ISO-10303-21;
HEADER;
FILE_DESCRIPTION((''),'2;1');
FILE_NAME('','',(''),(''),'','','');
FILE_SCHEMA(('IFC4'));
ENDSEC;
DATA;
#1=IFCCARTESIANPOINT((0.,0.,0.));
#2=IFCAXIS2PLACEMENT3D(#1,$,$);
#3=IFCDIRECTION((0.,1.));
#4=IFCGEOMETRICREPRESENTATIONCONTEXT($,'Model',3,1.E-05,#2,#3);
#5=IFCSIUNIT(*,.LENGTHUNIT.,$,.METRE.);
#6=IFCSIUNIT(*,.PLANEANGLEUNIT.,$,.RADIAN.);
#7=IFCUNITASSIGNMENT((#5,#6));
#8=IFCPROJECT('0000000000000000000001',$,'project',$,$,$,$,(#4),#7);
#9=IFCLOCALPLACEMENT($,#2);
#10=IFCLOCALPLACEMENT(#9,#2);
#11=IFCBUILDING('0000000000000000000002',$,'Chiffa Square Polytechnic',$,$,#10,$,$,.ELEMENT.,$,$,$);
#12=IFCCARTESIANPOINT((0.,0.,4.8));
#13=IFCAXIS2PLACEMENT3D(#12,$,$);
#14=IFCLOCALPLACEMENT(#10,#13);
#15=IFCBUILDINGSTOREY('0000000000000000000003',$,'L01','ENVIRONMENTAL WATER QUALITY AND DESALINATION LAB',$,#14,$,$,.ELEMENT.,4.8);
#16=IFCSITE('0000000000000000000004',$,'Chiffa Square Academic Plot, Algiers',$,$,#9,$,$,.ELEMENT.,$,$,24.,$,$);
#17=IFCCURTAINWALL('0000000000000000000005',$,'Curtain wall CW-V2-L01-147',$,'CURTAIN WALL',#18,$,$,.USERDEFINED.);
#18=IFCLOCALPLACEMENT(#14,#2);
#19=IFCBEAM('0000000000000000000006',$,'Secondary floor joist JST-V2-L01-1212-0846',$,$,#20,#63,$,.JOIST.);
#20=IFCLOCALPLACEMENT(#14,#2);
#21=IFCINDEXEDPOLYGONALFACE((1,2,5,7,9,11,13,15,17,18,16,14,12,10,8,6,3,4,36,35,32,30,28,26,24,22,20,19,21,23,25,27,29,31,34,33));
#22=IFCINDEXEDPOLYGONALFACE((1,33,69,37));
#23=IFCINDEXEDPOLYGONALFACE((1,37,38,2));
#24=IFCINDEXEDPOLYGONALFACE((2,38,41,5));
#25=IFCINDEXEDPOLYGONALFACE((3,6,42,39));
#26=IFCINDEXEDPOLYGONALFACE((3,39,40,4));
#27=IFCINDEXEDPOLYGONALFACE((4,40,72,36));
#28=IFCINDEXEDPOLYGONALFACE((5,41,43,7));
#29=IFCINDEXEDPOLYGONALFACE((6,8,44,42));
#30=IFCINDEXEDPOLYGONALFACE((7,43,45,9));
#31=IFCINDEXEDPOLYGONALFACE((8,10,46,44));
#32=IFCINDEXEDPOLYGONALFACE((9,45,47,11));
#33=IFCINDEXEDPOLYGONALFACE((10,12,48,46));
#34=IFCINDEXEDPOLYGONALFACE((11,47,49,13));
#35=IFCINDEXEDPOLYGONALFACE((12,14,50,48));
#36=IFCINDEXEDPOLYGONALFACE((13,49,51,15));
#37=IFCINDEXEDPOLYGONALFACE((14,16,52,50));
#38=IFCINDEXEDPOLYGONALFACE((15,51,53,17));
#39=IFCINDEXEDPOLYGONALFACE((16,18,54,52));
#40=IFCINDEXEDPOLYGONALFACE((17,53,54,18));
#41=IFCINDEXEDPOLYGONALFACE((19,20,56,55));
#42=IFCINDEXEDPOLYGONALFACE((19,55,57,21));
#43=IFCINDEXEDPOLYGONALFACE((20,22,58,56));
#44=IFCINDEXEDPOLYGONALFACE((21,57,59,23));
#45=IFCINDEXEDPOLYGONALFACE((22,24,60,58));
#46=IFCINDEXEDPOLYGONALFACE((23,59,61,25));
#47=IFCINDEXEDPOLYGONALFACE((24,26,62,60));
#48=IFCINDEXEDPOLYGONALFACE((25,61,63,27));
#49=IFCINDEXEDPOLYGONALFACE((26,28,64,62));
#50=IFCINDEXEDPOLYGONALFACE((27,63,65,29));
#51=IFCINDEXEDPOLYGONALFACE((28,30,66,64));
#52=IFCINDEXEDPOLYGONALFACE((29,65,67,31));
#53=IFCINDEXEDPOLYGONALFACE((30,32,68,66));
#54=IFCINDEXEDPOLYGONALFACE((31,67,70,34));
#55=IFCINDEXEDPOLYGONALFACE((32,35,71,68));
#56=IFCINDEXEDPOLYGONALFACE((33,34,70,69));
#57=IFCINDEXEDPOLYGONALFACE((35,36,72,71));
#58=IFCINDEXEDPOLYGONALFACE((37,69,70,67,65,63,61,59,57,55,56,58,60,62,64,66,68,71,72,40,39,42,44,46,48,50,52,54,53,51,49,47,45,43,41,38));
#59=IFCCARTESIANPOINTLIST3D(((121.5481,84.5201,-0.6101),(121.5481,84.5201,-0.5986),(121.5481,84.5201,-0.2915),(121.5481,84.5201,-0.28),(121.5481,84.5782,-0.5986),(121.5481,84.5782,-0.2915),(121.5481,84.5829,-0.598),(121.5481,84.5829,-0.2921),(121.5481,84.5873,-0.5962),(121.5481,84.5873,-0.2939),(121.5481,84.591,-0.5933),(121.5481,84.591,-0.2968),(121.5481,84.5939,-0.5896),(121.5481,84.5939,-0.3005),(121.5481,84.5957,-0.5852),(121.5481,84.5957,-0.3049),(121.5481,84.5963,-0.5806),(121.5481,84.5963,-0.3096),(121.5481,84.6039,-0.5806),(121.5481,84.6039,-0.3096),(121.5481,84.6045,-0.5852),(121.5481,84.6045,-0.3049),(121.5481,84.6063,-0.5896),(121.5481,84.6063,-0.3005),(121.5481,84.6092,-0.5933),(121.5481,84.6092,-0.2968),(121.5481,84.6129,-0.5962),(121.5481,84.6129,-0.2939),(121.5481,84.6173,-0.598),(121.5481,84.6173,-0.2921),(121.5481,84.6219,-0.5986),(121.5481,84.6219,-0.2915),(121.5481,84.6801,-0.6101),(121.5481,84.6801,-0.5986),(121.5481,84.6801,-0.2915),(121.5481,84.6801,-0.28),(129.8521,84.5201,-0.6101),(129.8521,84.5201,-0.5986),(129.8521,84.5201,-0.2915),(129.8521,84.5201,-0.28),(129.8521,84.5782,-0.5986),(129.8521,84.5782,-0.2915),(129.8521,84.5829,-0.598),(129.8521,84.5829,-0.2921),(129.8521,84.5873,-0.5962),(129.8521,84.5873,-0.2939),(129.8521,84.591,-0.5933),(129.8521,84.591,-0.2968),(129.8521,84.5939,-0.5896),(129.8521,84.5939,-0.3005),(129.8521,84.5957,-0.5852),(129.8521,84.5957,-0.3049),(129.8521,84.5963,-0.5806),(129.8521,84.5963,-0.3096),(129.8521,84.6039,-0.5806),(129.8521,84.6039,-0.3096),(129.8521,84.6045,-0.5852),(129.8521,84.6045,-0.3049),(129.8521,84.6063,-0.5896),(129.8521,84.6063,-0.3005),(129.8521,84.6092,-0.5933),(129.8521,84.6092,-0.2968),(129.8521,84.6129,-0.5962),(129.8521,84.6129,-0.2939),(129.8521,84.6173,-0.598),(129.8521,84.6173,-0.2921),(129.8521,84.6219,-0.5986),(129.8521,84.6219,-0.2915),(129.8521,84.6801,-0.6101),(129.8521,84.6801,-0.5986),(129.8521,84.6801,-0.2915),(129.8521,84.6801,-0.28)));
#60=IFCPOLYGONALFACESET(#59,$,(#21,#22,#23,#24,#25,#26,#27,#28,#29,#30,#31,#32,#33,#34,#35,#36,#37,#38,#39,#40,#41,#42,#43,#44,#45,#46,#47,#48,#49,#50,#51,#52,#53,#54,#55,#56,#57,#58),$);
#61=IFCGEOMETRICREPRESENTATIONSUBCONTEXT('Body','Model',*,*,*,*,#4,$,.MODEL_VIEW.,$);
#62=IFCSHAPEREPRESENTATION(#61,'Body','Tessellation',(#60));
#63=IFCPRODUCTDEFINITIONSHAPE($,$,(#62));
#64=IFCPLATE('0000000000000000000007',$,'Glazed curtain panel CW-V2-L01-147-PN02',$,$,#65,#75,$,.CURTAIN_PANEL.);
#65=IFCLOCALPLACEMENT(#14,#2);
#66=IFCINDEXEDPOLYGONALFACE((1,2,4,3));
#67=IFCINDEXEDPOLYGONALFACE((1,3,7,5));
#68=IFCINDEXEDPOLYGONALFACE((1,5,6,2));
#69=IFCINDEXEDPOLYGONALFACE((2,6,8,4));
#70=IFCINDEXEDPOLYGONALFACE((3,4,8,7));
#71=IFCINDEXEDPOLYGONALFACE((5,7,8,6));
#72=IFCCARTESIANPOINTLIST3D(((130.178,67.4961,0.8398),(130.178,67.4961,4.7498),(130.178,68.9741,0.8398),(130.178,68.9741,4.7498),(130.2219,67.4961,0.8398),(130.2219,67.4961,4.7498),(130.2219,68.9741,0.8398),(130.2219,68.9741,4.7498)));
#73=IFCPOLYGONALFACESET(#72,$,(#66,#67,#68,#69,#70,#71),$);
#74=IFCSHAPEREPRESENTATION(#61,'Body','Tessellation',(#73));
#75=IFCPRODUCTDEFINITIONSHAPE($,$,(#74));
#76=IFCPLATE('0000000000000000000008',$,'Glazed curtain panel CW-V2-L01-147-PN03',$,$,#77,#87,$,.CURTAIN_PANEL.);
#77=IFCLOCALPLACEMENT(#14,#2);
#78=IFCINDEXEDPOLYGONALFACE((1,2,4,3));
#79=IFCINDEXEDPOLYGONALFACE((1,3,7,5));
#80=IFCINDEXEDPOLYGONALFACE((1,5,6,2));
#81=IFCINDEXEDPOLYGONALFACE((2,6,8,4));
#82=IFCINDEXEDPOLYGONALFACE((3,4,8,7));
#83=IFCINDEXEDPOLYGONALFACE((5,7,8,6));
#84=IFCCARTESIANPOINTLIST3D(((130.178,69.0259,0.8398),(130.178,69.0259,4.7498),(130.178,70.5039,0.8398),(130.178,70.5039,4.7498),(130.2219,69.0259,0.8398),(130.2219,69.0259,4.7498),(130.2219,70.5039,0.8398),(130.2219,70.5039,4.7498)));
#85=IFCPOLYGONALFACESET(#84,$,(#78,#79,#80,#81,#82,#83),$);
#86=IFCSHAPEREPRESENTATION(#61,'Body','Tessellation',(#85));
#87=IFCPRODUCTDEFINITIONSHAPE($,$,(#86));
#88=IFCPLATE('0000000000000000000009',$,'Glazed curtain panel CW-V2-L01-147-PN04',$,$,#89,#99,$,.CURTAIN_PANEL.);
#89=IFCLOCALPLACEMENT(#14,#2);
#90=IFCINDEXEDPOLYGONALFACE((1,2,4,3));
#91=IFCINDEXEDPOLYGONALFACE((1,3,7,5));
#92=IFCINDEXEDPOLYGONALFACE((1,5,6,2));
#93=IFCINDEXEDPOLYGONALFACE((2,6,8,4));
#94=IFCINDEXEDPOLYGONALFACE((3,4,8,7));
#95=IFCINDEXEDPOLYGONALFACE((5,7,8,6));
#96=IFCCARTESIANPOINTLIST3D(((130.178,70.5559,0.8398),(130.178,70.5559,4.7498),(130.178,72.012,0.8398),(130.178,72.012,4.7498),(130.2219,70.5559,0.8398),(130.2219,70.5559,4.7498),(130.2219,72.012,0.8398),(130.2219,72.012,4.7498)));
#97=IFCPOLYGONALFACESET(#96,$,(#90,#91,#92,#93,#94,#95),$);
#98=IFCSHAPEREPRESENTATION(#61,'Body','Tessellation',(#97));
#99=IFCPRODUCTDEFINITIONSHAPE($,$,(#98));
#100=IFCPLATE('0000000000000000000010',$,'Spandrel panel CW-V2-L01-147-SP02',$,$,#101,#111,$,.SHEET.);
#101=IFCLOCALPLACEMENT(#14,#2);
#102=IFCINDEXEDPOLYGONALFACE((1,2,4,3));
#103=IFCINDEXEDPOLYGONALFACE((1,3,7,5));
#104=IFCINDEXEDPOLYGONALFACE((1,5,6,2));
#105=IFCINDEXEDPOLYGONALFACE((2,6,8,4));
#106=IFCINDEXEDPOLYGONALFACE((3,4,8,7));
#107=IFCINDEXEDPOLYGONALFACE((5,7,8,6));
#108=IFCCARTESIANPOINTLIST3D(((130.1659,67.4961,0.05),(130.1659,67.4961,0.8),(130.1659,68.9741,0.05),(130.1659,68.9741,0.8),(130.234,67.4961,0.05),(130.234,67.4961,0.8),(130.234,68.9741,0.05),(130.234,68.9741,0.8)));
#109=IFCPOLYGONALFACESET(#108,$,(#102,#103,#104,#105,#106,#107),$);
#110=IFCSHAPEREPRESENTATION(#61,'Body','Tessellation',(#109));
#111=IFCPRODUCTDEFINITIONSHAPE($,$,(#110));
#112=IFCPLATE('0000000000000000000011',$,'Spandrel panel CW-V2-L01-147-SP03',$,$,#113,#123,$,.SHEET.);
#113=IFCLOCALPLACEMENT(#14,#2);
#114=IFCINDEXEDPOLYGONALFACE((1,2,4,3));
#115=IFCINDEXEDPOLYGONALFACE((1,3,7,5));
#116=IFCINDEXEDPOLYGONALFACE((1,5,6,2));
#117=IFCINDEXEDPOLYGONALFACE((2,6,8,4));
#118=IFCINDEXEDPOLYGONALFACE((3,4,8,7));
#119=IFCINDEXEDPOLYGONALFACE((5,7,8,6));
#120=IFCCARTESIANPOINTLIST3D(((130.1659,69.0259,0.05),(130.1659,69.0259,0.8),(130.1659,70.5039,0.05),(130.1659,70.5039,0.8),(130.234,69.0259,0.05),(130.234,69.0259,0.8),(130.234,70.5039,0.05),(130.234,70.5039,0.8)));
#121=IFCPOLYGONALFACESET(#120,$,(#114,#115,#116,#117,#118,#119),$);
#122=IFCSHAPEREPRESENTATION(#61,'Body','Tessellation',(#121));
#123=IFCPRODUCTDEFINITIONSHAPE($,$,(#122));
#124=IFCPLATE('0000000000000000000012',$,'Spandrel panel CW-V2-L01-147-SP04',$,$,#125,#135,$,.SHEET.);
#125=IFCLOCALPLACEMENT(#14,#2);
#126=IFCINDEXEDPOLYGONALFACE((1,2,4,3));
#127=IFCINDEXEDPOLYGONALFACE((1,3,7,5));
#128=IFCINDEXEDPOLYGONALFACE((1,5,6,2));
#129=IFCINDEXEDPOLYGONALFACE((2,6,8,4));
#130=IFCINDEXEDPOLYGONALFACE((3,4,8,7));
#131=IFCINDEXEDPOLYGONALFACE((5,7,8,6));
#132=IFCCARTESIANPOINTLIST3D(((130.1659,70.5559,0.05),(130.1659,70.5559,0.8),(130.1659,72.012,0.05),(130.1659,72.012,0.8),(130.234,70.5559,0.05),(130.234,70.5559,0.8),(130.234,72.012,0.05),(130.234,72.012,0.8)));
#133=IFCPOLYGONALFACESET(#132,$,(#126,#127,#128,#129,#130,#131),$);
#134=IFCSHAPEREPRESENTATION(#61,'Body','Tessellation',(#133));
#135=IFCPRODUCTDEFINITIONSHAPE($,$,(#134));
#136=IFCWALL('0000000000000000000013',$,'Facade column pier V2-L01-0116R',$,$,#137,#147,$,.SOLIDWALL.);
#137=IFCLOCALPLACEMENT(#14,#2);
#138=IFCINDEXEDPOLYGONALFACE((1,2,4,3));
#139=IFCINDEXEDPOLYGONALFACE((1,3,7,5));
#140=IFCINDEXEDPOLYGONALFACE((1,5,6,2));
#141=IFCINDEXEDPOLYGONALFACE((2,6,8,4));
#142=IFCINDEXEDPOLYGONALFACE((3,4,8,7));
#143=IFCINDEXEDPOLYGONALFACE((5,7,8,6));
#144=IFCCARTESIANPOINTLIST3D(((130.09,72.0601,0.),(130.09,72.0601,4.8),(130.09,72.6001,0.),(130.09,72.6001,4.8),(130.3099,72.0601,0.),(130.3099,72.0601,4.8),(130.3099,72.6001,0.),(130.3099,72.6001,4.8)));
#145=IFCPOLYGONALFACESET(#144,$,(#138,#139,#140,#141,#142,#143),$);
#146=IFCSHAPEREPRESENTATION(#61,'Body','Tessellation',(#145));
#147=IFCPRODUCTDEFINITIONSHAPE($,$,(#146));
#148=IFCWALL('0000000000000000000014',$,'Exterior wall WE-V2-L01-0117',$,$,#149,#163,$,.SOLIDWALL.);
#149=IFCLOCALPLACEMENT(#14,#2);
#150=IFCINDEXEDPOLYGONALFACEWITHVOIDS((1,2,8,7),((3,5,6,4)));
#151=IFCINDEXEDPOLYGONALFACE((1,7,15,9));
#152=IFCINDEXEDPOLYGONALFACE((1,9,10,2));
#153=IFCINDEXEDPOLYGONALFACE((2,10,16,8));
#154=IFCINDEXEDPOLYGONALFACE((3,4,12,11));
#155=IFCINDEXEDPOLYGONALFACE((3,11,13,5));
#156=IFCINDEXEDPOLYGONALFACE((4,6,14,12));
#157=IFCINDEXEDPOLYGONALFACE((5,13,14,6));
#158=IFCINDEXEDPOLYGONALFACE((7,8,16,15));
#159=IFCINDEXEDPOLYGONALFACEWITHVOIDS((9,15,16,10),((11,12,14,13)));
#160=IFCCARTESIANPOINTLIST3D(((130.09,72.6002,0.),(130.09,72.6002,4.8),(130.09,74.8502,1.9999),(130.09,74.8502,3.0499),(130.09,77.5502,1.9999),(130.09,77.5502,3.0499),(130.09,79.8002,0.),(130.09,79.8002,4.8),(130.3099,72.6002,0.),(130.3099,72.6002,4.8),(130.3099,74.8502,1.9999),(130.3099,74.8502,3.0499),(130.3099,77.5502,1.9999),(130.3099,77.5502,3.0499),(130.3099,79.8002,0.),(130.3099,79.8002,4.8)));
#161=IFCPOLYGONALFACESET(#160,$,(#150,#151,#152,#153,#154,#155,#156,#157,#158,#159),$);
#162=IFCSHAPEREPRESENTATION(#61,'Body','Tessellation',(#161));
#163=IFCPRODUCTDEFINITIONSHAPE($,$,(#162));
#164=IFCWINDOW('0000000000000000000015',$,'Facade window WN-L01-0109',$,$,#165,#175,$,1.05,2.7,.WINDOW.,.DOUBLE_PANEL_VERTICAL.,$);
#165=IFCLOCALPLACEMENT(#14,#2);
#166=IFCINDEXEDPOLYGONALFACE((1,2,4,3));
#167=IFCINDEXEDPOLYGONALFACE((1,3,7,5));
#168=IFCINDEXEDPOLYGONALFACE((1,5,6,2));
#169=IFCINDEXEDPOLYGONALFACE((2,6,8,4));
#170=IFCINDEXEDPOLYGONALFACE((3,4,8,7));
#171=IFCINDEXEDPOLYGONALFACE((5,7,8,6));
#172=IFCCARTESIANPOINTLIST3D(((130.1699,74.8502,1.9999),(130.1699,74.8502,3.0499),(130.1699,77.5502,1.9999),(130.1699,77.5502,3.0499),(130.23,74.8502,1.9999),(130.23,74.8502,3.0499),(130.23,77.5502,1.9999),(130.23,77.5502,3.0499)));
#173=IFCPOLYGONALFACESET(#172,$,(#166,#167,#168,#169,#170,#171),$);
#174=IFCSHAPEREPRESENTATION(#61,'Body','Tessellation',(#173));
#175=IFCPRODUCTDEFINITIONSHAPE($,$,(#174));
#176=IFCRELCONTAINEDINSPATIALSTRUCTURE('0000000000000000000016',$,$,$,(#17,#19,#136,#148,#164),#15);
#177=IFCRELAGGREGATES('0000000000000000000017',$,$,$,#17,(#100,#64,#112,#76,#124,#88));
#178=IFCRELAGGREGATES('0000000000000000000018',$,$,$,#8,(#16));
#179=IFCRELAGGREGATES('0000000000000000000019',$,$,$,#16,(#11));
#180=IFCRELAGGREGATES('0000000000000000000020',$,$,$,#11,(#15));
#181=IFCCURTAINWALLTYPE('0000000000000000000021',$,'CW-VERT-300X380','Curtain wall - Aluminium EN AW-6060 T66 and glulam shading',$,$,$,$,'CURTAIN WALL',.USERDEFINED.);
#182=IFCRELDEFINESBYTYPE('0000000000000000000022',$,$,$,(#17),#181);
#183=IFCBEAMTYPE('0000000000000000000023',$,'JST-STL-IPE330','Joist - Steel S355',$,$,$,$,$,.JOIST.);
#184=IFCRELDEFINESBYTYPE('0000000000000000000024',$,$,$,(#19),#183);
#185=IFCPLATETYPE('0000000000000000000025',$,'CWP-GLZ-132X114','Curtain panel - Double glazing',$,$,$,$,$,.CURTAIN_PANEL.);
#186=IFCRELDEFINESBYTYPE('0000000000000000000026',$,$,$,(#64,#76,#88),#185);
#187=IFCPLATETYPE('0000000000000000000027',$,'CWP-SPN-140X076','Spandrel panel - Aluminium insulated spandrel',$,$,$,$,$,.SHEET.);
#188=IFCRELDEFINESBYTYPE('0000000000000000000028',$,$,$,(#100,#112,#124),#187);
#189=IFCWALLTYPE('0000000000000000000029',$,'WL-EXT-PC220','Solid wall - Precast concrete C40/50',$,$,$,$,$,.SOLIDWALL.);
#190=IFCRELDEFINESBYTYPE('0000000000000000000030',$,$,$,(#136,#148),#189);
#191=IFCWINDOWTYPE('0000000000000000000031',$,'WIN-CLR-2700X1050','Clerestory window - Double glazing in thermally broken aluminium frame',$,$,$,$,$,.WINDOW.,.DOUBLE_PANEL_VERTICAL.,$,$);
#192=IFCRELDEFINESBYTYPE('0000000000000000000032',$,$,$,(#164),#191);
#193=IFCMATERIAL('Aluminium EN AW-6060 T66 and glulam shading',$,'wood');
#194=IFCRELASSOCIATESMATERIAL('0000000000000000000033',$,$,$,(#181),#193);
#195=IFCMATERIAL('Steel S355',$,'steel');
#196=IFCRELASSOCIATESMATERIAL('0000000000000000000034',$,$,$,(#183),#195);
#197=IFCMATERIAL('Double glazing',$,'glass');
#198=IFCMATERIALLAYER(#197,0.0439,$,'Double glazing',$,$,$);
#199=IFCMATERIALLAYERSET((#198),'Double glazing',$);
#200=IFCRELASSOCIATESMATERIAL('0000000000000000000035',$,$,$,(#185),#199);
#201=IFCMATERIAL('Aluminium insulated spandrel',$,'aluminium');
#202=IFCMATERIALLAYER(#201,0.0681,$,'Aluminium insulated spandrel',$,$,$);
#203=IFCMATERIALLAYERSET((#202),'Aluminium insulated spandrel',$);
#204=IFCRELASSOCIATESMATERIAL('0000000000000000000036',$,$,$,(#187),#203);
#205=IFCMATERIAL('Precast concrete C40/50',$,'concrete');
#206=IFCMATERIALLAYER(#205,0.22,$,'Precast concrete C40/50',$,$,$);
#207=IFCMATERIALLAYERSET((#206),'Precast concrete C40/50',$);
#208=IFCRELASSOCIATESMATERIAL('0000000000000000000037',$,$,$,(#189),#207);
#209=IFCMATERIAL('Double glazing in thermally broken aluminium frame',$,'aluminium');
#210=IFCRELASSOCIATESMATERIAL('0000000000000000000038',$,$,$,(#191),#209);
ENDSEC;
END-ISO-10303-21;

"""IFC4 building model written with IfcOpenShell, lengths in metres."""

from ifc_helpers import new_model, si_unit, direction, frame, frame_2d, origin, origin_2d, place, context, subcontext, project, spatial, rectangle, i_section, extrude, material, layer, layer_set, material_profile, profile_set, type_object, element, fill, aggregate, save


model = new_model("IFC4")

# Units and contexts
model_context = context("Model", 3, precision=1e-05, world=origin(), true_north=direction((0.0, 1.0)))
body_context = subcontext(model_context, "Body", "Model", "MODEL_VIEW")
ifc_project = project(units=[si_unit("LENGTHUNIT", "METRE"), si_unit("PLANEANGLEUNIT", "RADIAN")], contexts=[model_context])

# Site, building, storey
site_placement = place(None, origin())
site = spatial("IfcSite", under=ifc_project, at=site_placement, Name="Chiffa Square Academic Plot, Algiers", CompositionType="ELEMENT", RefElevation=24.0)
building_placement = place(site_placement, origin())
building = spatial("IfcBuilding", under=site, at=building_placement, Name="Chiffa Square Polytechnic", CompositionType="ELEMENT")
storey_placement = place(building_placement, frame((0.0, 0.0, 4.8)))
storey = spatial("IfcBuildingStorey", under=building, at=storey_placement, Name="L01", Description="ENVIRONMENTAL WATER QUALITY AND DESALINATION LAB", CompositionType="ELEMENT", Elevation=4.8)

# Shared definitions
ifc_material_1 = material(Name="Steel S355", Category="steel")

# Curtain wall
ifc_material_2 = material(Name="Aluminium EN AW-6060 T66 and glulam shading", Category="wood")
curtain_wall_type = type_object("IfcCurtainWallType", Name="CW-VERT-300X380", Description="Curtain wall - Aluminium EN AW-6060 T66 and glulam shading", ElementType="CURTAIN WALL", PredefinedType="USERDEFINED", material=ifc_material_2)
curtain_wall_placement = place(storey_placement, origin())
curtain_wall = element("IfcCurtainWall", 1, at=curtain_wall_placement, inside=storey, type_object=curtain_wall_type, Name="Curtain wall CW-V2-L01-147", ObjectType="CURTAIN WALL", PredefinedType="USERDEFINED")

# Beam
ifc_material_profile_1 = material_profile(ifc_material_1, i_section(OverallWidth=0.1599, OverallDepth=0.3301, WebThickness=0.0076, FlangeThickness=0.0115, FilletRadius=0.0181, at=origin_2d()), Name="IPE 330")
ifc_profile_set_1 = profile_set([ifc_material_profile_1], Name="Steel S355")
beam_type_1 = type_object("IfcBeamType", Name="JST-STL-IPE330", Description="Joist - Steel S355", PredefinedType="JOIST", material=ifc_profile_set_1)
for number, where, z_axis, x_axis, name in (
    (2, (121.5481, 84.6001, -0.4451), (1.0, 0.0, 0.0), (0.0, 1.0, 0.0), "Secondary floor joist JST-V2-L01-1212-0846"),
):
    element("IfcBeam", number, at=place(storey_placement, frame(where, z_axis=z_axis, x_axis=x_axis)), inside=storey, type_object=beam_type_1, Name=name, PredefinedType="JOIST", context=body_context, shape_type="SweptSolid", body=[
        extrude(i_section(OverallWidth=0.1599, OverallDepth=0.3301, WebThickness=0.0076, FlangeThickness=0.0115, FilletRadius=0.0181, at=origin_2d()), origin(), (0.0, 0.0, 1.0), 8.304),
    ])

# Plates
ifc_material_3 = material(Name="Double glazing", Category="glass")
ifc_layer_1 = layer(ifc_material_3, 0.0439, Name="Double glazing")
ifc_layer_set_1 = layer_set([ifc_layer_1], Name="Double glazing")
plate_type_1 = type_object("IfcPlateType", Name="CWP-GLZ-132X114", Description="Curtain panel - Double glazing", PredefinedType="CURTAIN_PANEL", material=ifc_layer_set_1)
plate_1_placement = place(storey_placement, frame((130.2, 68.2351, 0.8398), z_axis=(0.0, 0.0, 1.0), x_axis=(0.0, 1.0, 0.0)))
plate_1 = element("IfcPlate", 3, at=plate_1_placement, type_object=plate_type_1, Name="Glazed curtain panel CW-V2-L01-147-PN02", PredefinedType="CURTAIN_PANEL", context=body_context, shape_type="SweptSolid", body=[
    extrude(rectangle(XDim=1.478, YDim=0.0439, at=origin_2d()), origin(), (0.0, 0.0, 1.0), 3.9099),
])
plate_2_placement = place(storey_placement, frame((130.2, 69.7649, 0.8398), z_axis=(0.0, 0.0, 1.0), x_axis=(0.0, 1.0, 0.0)))
plate_2 = element("IfcPlate", 4, at=plate_2_placement, type_object=plate_type_1, Name="Glazed curtain panel CW-V2-L01-147-PN03", PredefinedType="CURTAIN_PANEL", context=body_context, shape_type="SweptSolid", body=[
    extrude(rectangle(XDim=1.478, YDim=0.0439, at=origin_2d()), origin(), (0.0, 0.0, 1.0), 3.9099),
])
plate_3_placement = place(storey_placement, frame((130.2, 71.2839, 0.8398), z_axis=(0.0, 0.0, 1.0), x_axis=(0.0, 1.0, 0.0)))
plate_3 = element("IfcPlate", 5, at=plate_3_placement, type_object=plate_type_1, Name="Glazed curtain panel CW-V2-L01-147-PN04", PredefinedType="CURTAIN_PANEL", context=body_context, shape_type="SweptSolid", body=[
    extrude(rectangle(XDim=1.4561, YDim=0.0439, at=origin_2d()), origin(), (0.0, 0.0, 1.0), 3.9099),
])
ifc_material_4 = material(Name="Aluminium insulated spandrel", Category="aluminium")
ifc_layer_2 = layer(ifc_material_4, 0.0681, Name="Aluminium insulated spandrel")
ifc_layer_set_2 = layer_set([ifc_layer_2], Name="Aluminium insulated spandrel")
plate_type_2 = type_object("IfcPlateType", Name="CWP-SPN-140X076", Description="Spandrel panel - Aluminium insulated spandrel", PredefinedType="SHEET", material=ifc_layer_set_2)
plate_4_placement = place(storey_placement, frame((130.2, 68.2351, 0.05), z_axis=(0.0, 0.0, 1.0), x_axis=(0.0, 1.0, 0.0)))
plate_4 = element("IfcPlate", 6, at=plate_4_placement, type_object=plate_type_2, Name="Spandrel panel CW-V2-L01-147-SP02", PredefinedType="SHEET", context=body_context, shape_type="SweptSolid", body=[
    extrude(rectangle(XDim=1.478, YDim=0.0681, at=origin_2d()), origin(), (0.0, 0.0, 1.0), 0.75),
])
plate_5_placement = place(storey_placement, frame((130.2, 69.7649, 0.05), z_axis=(0.0, 0.0, 1.0), x_axis=(0.0, 1.0, 0.0)))
plate_5 = element("IfcPlate", 7, at=plate_5_placement, type_object=plate_type_2, Name="Spandrel panel CW-V2-L01-147-SP03", PredefinedType="SHEET", context=body_context, shape_type="SweptSolid", body=[
    extrude(rectangle(XDim=1.478, YDim=0.0681, at=origin_2d()), origin(), (0.0, 0.0, 1.0), 0.75),
])
plate_6_placement = place(storey_placement, frame((130.2, 71.2839, 0.05), z_axis=(0.0, 0.0, 1.0), x_axis=(0.0, 1.0, 0.0)))
plate_6 = element("IfcPlate", 8, at=plate_6_placement, type_object=plate_type_2, Name="Spandrel panel CW-V2-L01-147-SP04", PredefinedType="SHEET", context=body_context, shape_type="SweptSolid", body=[
    extrude(rectangle(XDim=1.4561, YDim=0.0681, at=origin_2d()), origin(), (0.0, 0.0, 1.0), 0.75),
])
aggregate(curtain_wall, [plate_4, plate_1, plate_5, plate_2, plate_6, plate_3])

# Wall
ifc_material_5 = material(Name="Precast concrete C40/50", Category="concrete")
ifc_layer_3 = layer(ifc_material_5, 0.22, Name="Precast concrete C40/50")
ifc_layer_set_3 = layer_set([ifc_layer_3], Name="Precast concrete C40/50")
wall_type = type_object("IfcWallType", Name="WL-EXT-PC220", Description="Solid wall - Precast concrete C40/50", PredefinedType="SOLIDWALL", material=ifc_layer_set_3)
wall_1_placement = place(storey_placement, frame((130.2, 72.0601, 0.0), z_axis=(0.0, 0.0, 1.0), x_axis=(0.0, 1.0, 0.0)))
element("IfcWall", 9, at=wall_1_placement, inside=storey, type_object=wall_type, Name="Facade column pier V2-L01-0116R", PredefinedType="SOLIDWALL", context=body_context, shape_type="SweptSolid", body=[
    extrude(rectangle(XDim=0.54, YDim=0.22, at=frame_2d((0.27, 0.0))), origin(), (0.0, 0.0, 1.0), 4.8),
])

# Wall, opening, window
wall_2_placement = place(storey_placement, frame((130.2, 72.6001, 0.0), z_axis=(0.0, 0.0, 1.0), x_axis=(0.0, 1.0, 0.0)))
wall_2 = element("IfcWall", 10, at=wall_2_placement, inside=storey, type_object=wall_type, Name="Exterior wall WE-V2-L01-0117", PredefinedType="SOLIDWALL", context=body_context, shape_type="SweptSolid", body=[
    extrude(rectangle(XDim=7.2, YDim=0.22, at=frame_2d((3.6001, 0.0))), origin(), (0.0, 0.0, 1.0), 4.8),
])
opening_1_placement = place(wall_2_placement, frame((2.25, 0.0, 2.0)))
opening_1 = element("IfcOpeningElement", 11, at=opening_1_placement, cuts=wall_2, PredefinedType="OPENING", context=body_context, shape_type="SweptSolid", body=[
    extrude(rectangle(XDim=2.7, YDim=1.05, at=frame_2d((1.3501, 0.5249))), frame((0.0, 0.1201, 0.0), z_axis=(0.0, -1.0, 0.0), x_axis=(1.0, 0.0, 0.0)), (0.0, 0.0, 1.0), 0.24),
])
ifc_material_6 = material(Name="Double glazing in thermally broken aluminium frame", Category="aluminium")
window_type_1 = type_object("IfcWindowType", Name="WIN-CLR-2700X1050", Description="Clerestory window - Double glazing in thermally broken aluminium frame", PartitioningType="DOUBLE_PANEL_VERTICAL", PredefinedType="WINDOW", material=ifc_material_6)
window_1_placement = place(opening_1_placement, origin())
window_1 = element("IfcWindow", 12, at=window_1_placement, inside=storey, type_object=window_type_1, Name="Facade window WN-L01-0109", OverallHeight=1.05, OverallWidth=2.7, PartitioningType="DOUBLE_PANEL_VERTICAL", PredefinedType="WINDOW", context=body_context, shape_type="SweptSolid", body=[
    extrude(rectangle(XDim=2.7, YDim=1.05, at=frame_2d((1.3501, 0.5249))), frame((0.0, 0.03, 0.0), z_axis=(0.0, -1.0, 0.0), x_axis=(1.0, 0.0, 0.0)), (0.0, 0.0, 1.0), 0.0601),
])
fill(opening_1, window_1)

save(model, "model.ifc")
